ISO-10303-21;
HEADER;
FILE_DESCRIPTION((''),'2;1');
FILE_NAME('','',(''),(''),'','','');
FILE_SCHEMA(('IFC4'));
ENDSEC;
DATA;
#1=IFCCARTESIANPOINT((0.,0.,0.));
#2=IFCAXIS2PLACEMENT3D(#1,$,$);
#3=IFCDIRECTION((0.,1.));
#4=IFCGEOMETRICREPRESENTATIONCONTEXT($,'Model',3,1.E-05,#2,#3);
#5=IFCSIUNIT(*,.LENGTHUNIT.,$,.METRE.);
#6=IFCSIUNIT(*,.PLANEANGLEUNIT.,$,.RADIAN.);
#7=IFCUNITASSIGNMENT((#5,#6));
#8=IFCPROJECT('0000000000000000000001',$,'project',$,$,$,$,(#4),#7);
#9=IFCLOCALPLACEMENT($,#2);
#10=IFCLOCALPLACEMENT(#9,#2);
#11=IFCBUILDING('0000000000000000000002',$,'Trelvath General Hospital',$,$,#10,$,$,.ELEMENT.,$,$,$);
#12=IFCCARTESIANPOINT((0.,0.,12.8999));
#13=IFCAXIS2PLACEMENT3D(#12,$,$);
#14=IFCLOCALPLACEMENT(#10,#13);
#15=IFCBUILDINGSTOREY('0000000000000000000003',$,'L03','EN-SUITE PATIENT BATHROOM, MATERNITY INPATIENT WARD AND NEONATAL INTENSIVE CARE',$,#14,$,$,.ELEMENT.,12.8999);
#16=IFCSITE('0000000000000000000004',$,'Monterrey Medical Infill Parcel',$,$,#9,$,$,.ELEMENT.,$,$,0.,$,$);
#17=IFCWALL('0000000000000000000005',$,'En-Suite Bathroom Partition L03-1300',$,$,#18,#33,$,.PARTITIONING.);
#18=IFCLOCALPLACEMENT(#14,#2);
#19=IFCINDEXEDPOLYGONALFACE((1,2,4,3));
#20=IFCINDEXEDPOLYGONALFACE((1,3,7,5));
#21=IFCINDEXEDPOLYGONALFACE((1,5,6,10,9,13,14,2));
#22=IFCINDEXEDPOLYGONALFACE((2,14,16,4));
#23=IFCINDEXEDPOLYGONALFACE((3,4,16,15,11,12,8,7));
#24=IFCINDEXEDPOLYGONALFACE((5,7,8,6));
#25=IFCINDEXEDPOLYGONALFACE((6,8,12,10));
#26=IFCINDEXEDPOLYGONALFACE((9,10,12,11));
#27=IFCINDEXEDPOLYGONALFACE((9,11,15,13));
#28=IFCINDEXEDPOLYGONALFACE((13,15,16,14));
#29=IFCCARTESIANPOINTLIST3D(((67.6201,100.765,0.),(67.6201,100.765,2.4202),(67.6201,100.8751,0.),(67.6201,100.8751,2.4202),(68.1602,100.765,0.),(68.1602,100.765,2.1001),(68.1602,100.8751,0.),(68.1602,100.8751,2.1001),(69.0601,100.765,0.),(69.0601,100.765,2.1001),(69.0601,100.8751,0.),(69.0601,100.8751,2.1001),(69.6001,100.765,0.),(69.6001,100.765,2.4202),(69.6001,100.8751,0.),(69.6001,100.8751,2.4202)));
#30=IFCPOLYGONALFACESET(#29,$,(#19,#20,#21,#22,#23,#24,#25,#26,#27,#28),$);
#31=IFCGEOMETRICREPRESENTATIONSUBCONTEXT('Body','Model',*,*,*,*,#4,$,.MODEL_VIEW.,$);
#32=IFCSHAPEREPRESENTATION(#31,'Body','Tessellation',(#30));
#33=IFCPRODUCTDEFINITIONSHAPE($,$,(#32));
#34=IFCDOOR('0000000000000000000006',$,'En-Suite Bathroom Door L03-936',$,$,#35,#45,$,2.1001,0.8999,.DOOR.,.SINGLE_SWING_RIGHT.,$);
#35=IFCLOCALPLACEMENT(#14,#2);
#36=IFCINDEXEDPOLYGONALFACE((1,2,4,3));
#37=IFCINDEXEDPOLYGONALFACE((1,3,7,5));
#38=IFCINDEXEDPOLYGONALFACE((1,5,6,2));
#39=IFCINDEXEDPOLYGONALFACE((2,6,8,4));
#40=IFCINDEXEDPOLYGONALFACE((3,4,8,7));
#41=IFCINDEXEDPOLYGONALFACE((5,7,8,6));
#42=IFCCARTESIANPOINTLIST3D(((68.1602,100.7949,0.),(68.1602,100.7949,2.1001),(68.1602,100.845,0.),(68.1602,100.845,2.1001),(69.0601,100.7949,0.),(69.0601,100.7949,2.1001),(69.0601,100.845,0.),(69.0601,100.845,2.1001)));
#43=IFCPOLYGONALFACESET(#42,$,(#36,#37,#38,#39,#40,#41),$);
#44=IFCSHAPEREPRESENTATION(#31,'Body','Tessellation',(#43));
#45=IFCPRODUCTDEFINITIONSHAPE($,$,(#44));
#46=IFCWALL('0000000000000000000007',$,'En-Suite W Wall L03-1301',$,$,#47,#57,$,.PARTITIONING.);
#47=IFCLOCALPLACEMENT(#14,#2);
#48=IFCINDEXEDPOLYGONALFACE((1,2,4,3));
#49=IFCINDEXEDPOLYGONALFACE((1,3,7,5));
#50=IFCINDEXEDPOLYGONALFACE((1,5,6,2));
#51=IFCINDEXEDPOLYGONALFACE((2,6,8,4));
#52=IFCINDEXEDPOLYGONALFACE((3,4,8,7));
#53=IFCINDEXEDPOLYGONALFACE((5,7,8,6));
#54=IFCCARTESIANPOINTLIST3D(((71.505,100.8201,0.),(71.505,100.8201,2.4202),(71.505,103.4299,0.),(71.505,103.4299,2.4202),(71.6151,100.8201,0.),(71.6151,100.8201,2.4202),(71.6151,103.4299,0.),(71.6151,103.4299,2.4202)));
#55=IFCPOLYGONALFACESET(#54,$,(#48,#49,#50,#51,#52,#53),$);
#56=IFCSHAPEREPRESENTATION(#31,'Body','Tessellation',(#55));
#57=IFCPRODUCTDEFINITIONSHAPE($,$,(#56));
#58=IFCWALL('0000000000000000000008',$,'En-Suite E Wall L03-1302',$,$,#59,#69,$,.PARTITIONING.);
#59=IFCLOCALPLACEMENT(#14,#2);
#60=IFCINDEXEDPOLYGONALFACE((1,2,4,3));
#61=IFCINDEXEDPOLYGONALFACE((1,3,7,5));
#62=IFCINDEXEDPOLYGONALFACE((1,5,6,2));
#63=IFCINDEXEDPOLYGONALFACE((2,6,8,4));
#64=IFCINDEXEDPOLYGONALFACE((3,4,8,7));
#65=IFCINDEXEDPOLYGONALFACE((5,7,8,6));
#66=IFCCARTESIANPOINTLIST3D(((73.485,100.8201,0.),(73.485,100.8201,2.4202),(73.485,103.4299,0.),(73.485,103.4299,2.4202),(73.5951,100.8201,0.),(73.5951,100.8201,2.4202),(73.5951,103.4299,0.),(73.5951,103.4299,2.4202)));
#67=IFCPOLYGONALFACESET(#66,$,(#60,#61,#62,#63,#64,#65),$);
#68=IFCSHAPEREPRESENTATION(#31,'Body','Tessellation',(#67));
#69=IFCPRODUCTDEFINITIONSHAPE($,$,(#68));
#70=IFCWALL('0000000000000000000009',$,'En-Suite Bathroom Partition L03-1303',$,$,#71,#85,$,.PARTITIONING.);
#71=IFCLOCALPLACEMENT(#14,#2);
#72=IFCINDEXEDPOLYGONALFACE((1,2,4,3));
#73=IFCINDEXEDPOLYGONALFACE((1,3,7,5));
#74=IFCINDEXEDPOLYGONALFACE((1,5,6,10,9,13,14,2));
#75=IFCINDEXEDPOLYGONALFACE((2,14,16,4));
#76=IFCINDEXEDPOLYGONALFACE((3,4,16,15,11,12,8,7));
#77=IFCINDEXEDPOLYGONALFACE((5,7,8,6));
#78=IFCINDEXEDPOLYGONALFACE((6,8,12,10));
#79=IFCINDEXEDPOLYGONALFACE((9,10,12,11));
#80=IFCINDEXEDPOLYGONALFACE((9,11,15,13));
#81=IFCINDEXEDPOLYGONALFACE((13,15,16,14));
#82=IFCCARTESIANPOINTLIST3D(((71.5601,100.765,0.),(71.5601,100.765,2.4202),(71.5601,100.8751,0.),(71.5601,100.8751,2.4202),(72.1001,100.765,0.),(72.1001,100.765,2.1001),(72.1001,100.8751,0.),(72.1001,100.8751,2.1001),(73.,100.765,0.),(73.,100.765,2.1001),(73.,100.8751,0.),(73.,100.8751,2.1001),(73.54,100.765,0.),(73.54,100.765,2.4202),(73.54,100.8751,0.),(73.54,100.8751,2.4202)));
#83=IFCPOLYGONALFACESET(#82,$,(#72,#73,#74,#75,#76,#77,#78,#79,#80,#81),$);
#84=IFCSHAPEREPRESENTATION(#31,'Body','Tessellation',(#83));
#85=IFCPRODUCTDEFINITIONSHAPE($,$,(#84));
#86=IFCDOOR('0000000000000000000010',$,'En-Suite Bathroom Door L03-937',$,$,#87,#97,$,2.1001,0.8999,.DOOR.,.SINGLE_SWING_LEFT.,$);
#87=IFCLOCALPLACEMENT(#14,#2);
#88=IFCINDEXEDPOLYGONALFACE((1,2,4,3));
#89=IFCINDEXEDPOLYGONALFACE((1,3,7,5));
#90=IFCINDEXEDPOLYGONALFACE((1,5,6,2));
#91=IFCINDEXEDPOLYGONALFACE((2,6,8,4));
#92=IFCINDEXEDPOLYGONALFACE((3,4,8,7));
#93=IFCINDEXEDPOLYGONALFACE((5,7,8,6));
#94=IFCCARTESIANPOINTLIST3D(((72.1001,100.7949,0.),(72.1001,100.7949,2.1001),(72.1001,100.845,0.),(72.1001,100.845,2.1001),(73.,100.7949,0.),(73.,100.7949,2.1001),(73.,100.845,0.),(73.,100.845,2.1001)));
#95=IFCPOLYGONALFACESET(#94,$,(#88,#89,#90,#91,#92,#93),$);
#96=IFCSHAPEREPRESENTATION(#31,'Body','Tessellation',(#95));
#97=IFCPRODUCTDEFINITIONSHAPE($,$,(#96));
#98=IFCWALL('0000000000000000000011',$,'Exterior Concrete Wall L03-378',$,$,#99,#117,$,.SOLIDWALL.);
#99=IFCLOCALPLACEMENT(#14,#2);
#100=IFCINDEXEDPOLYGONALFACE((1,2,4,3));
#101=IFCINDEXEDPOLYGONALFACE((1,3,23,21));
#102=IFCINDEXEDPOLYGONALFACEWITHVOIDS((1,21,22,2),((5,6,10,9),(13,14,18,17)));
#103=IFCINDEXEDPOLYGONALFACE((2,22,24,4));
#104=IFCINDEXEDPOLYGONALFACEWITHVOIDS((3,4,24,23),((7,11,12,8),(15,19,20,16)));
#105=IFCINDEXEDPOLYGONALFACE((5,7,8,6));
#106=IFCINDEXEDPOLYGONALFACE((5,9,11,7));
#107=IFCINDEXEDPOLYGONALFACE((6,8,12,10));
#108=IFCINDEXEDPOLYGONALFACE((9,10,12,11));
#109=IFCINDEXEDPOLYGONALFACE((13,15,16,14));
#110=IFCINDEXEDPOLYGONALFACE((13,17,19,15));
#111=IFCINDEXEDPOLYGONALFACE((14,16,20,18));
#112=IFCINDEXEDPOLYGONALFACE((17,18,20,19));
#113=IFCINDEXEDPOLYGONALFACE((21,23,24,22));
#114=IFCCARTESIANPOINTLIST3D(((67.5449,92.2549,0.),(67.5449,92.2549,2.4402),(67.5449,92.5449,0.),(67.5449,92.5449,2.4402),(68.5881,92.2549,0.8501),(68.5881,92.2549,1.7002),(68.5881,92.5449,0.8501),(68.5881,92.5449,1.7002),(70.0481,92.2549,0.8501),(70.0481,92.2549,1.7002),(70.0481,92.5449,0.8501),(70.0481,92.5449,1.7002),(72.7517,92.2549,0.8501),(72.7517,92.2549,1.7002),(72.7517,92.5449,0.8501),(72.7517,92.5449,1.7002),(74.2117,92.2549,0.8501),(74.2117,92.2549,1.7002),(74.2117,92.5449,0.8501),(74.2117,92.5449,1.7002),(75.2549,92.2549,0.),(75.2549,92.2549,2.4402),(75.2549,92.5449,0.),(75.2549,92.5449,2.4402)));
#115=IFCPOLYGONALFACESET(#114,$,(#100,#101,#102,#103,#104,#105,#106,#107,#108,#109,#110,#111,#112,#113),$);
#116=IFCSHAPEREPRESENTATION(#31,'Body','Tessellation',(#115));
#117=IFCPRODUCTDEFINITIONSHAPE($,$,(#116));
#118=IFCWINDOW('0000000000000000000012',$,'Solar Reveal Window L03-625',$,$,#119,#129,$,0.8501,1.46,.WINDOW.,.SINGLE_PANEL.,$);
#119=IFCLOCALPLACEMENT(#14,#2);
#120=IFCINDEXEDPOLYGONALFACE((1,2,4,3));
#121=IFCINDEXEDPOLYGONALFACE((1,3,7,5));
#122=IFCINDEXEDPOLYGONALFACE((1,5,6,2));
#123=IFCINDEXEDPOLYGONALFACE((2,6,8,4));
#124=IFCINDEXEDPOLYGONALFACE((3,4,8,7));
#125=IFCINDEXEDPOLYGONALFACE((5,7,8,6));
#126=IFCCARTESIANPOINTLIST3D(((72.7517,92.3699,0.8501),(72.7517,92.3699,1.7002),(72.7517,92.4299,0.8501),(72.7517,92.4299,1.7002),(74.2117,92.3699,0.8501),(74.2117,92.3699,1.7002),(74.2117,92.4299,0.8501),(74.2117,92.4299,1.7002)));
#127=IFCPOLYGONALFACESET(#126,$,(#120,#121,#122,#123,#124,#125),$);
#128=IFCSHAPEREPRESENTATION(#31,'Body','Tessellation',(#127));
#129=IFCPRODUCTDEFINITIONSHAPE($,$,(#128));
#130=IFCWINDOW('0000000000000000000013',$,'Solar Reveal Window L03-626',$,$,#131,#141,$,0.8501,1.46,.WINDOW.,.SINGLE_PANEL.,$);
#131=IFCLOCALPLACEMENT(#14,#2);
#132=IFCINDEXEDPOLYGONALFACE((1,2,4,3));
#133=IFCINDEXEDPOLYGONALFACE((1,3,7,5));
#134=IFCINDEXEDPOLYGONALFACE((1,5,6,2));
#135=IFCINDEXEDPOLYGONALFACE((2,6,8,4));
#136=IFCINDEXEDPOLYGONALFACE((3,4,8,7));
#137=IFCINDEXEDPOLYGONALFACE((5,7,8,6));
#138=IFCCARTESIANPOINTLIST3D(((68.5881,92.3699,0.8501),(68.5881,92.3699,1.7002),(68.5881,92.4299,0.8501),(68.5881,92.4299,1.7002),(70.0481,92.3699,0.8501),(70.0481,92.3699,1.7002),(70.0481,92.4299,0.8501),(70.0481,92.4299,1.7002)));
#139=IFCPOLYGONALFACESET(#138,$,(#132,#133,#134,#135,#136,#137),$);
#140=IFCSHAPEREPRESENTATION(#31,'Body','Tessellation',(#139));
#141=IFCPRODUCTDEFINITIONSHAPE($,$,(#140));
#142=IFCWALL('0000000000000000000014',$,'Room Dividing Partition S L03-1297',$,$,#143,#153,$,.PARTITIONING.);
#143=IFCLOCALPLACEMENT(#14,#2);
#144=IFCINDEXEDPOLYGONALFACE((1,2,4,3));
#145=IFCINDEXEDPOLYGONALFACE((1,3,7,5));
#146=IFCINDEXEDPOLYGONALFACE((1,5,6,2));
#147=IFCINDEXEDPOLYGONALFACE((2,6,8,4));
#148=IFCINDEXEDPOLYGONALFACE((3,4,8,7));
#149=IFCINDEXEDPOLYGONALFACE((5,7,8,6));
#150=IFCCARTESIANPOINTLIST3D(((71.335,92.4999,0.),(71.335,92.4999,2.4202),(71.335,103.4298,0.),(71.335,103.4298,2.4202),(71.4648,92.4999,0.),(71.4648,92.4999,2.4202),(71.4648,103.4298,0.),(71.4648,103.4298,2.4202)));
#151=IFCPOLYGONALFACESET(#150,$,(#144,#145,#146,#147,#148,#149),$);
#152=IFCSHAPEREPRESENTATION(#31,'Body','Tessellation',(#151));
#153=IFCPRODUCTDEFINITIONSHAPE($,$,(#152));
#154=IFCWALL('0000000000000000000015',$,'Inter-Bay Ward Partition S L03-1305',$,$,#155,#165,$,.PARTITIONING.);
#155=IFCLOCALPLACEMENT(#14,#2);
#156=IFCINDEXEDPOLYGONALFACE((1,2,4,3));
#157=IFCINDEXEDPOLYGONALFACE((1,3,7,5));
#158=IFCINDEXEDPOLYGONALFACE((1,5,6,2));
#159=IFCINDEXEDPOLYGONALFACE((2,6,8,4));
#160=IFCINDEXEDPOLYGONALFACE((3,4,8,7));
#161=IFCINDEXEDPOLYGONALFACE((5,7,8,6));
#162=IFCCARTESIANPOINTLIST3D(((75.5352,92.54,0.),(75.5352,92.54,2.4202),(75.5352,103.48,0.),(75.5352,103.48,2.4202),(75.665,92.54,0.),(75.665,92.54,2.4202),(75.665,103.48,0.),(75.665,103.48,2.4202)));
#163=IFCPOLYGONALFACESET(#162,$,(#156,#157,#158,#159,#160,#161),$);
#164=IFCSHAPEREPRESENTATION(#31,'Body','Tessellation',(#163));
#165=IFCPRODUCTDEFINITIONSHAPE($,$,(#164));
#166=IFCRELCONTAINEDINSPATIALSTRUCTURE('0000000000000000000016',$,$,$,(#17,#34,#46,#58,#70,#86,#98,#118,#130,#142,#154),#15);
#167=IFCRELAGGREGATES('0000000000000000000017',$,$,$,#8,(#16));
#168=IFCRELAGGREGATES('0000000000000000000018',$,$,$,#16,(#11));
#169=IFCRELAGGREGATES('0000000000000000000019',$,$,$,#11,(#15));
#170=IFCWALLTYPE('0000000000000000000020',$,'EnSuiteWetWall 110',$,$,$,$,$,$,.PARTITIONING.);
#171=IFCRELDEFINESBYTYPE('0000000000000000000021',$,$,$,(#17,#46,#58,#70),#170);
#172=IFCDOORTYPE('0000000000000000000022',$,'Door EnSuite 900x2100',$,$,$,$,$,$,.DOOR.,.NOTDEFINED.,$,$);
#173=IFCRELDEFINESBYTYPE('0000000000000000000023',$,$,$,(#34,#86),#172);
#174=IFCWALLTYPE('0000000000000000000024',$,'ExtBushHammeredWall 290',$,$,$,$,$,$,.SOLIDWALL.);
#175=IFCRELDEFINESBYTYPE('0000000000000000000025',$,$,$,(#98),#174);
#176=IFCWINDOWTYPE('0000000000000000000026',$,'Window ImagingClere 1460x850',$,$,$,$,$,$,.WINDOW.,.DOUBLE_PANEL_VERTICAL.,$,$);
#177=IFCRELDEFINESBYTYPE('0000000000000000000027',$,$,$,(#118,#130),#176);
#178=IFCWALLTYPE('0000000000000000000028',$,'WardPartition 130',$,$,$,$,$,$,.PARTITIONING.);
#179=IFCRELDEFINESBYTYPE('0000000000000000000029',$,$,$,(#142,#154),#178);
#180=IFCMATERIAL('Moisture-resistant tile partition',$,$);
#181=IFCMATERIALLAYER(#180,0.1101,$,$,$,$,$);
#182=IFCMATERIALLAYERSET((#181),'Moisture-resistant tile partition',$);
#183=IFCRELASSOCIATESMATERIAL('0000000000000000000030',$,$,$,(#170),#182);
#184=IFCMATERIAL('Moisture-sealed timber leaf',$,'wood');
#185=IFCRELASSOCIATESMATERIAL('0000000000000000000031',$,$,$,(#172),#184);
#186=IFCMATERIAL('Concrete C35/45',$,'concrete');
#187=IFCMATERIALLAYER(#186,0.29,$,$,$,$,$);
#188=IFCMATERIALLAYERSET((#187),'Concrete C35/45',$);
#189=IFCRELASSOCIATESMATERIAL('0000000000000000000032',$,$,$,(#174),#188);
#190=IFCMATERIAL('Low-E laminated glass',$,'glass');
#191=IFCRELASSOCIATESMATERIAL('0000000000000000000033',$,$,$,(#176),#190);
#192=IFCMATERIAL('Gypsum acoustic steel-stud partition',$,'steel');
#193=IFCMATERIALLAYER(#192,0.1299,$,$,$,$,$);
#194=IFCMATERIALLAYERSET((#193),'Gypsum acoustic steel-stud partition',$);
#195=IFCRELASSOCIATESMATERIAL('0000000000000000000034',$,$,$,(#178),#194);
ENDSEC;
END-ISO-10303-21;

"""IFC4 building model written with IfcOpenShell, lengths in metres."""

from ifc_helpers import new_model, si_unit, direction, frame, frame_2d, origin, place, context, subcontext, project, spatial, rectangle, extrude, material, layer, layer_set, type_object, element, fill, save


model = new_model("IFC4")

# Units and contexts
model_context = context("Model", 3, precision=1e-05, world=origin(), true_north=direction((0.0, 1.0)))
body_context = subcontext(model_context, "Body", "Model", "MODEL_VIEW")
ifc_project = project(units=[si_unit("LENGTHUNIT", "METRE"), si_unit("PLANEANGLEUNIT", "RADIAN")], contexts=[model_context])

# Site, building, storey
site_placement = place(None, origin())
site = spatial("IfcSite", under=ifc_project, at=site_placement, Name="Monterrey Medical Infill Parcel", CompositionType="ELEMENT", RefElevation=0.0)
building_placement = place(site_placement, origin())
building = spatial("IfcBuilding", under=site, at=building_placement, Name="Trelvath General Hospital", CompositionType="ELEMENT")
storey_placement = place(building_placement, frame((0.0, 0.0, 12.8999)))
storey = spatial("IfcBuildingStorey", under=building, at=storey_placement, Name="L03", Description="EN-SUITE PATIENT BATHROOM, MATERNITY INPATIENT WARD AND NEONATAL INTENSIVE CARE", CompositionType="ELEMENT", Elevation=12.8999)

# Shared definitions
ifc_material_1 = material(Name="Moisture-resistant tile partition")
ifc_layer_1 = layer(ifc_material_1, 0.1101)
ifc_layer_set_1 = layer_set([ifc_layer_1], Name="Moisture-resistant tile partition")
wall_type_1 = type_object("IfcWallType", Name="EnSuiteWetWall 110", PredefinedType="PARTITIONING", material=ifc_layer_set_1)

# Wall, opening, door
wall_1_placement = place(storey_placement, frame((67.6201, 100.8201, 0.0), z_axis=(0.0, 0.0, 1.0), x_axis=(1.0, 0.0, 0.0)))
wall_1 = element("IfcWall", 1, at=wall_1_placement, inside=storey, type_object=wall_type_1, Name="En-Suite Bathroom Partition L03-1300", PredefinedType="PARTITIONING", context=body_context, shape_type="SweptSolid", body=[
    extrude(rectangle(XDim=1.98, YDim=0.1101, at=frame_2d((0.99, 0.0))), origin(), (0.0, 0.0, 1.0), 2.4202),
])
opening_1_placement = place(wall_1_placement, frame((0.54, 0.0, 0.0)))
opening_1 = element("IfcOpeningElement", 2, at=opening_1_placement, cuts=wall_1, PredefinedType="OPENING", context=body_context, shape_type="SweptSolid", body=[
    extrude(rectangle(XDim=0.8999, YDim=2.1001, at=frame_2d((0.45, 1.05))), frame((0.0, 0.0649, 0.0), z_axis=(0.0, -1.0, 0.0), x_axis=(1.0, 0.0, 0.0)), (0.0, 0.0, 1.0), 0.1301),
])
ifc_material_2 = material(Name="Moisture-sealed timber leaf", Category="wood")
door_type = type_object("IfcDoorType", Name="Door EnSuite 900x2100", OperationType="NOTDEFINED", PredefinedType="DOOR", material=ifc_material_2)
door_1_placement = place(opening_1_placement, origin())
door_1 = element("IfcDoor", 3, at=door_1_placement, inside=storey, type_object=door_type, Name="En-Suite Bathroom Door L03-936", OperationType="SINGLE_SWING_RIGHT", OverallHeight=2.1001, OverallWidth=0.8999, PredefinedType="DOOR", context=body_context, shape_type="SweptSolid", body=[
    extrude(rectangle(XDim=0.8999, YDim=2.1001, at=frame_2d((0.45, 1.05))), frame((0.0, 0.0249, 0.0), z_axis=(0.0, -1.0, 0.0), x_axis=(1.0, 0.0, 0.0)), (0.0, 0.0, 1.0), 0.05),
])
fill(opening_1, door_1)

# Walls
for number, where, z_axis, x_axis, name in (
    (4, (71.5601, 100.8201, 0.0), (0.0, 0.0, 1.0), (0.0, 1.0, 0.0), "En-Suite W Wall L03-1301"),
    (5, (73.54, 100.8201, 0.0), (0.0, 0.0, 1.0), (0.0, 1.0, 0.0), "En-Suite E Wall L03-1302"),
):
    element("IfcWall", number, at=place(storey_placement, frame(where, z_axis=z_axis, x_axis=x_axis)), inside=storey, type_object=wall_type_1, Name=name, PredefinedType="PARTITIONING", context=body_context, shape_type="SweptSolid", body=[
        extrude(rectangle(XDim=2.6099, YDim=0.1101, at=frame_2d((1.3049, 0.0))), origin(), (0.0, 0.0, 1.0), 2.4202),
    ])

# Wall, opening, door
wall_2_placement = place(storey_placement, frame((71.5601, 100.8201, 0.0), z_axis=(0.0, 0.0, 1.0), x_axis=(1.0, 0.0, 0.0)))
wall_2 = element("IfcWall", 6, at=wall_2_placement, inside=storey, type_object=wall_type_1, Name="En-Suite Bathroom Partition L03-1303", PredefinedType="PARTITIONING", context=body_context, shape_type="SweptSolid", body=[
    extrude(rectangle(XDim=1.98, YDim=0.1101, at=frame_2d((0.99, 0.0))), origin(), (0.0, 0.0, 1.0), 2.4202),
])
opening_2_placement = place(wall_2_placement, frame((0.54, 0.0, 0.0)))
opening_2 = element("IfcOpeningElement", 7, at=opening_2_placement, cuts=wall_2, PredefinedType="OPENING", context=body_context, shape_type="SweptSolid", body=[
    extrude(rectangle(XDim=0.8999, YDim=2.1001, at=frame_2d((0.45, 1.05))), frame((0.0, 0.0649, 0.0), z_axis=(0.0, -1.0, 0.0), x_axis=(1.0, 0.0, 0.0)), (0.0, 0.0, 1.0), 0.1301),
])
door_2_placement = place(opening_2_placement, origin())
door_2 = element("IfcDoor", 8, at=door_2_placement, inside=storey, type_object=door_type, Name="En-Suite Bathroom Door L03-937", OperationType="SINGLE_SWING_LEFT", OverallHeight=2.1001, OverallWidth=0.8999, PredefinedType="DOOR", context=body_context, shape_type="SweptSolid", body=[
    extrude(rectangle(XDim=0.8999, YDim=2.1001, at=frame_2d((0.45, 1.05))), frame((0.0, 0.0249, 0.0), z_axis=(0.0, -1.0, 0.0), x_axis=(1.0, 0.0, 0.0)), (0.0, 0.0, 1.0), 0.05),
])
fill(opening_2, door_2)

# Wall, openings, windows
ifc_material_3 = material(Name="Concrete C35/45", Category="concrete")
ifc_layer_2 = layer(ifc_material_3, 0.29)
ifc_layer_set_2 = layer_set([ifc_layer_2], Name="Concrete C35/45")
wall_type_2 = type_object("IfcWallType", Name="ExtBushHammeredWall 290", PredefinedType="SOLIDWALL", material=ifc_layer_set_2)
wall_3_placement = place(storey_placement, frame((75.2549, 92.3999, 0.0), z_axis=(0.0, 0.0, 1.0), x_axis=(-1.0, 0.0, 0.0)))
wall_3 = element("IfcWall", 9, at=wall_3_placement, inside=storey, type_object=wall_type_2, Name="Exterior Concrete Wall L03-378", PredefinedType="SOLIDWALL", context=body_context, shape_type="SweptSolid", body=[
    extrude(rectangle(XDim=7.71, YDim=0.29, at=frame_2d((3.855, 0.0))), origin(), (0.0, 0.0, 1.0), 2.4402),
])
opening_3_placement = place(wall_3_placement, frame((1.0432, 0.0, 0.8501)))
opening_3 = element("IfcOpeningElement", 10, at=opening_3_placement, cuts=wall_3, PredefinedType="OPENING", context=body_context, shape_type="SweptSolid", body=[
    extrude(rectangle(XDim=1.46, YDim=0.8501, at=frame_2d((0.73, 0.425))), frame((0.0, 0.155, 0.0), z_axis=(0.0, -1.0, 0.0), x_axis=(1.0, 0.0, 0.0)), (0.0, 0.0, 1.0), 0.3101),
])
opening_4_placement = place(wall_3_placement, frame((5.2068, 0.0, 0.8501)))
opening_4 = element("IfcOpeningElement", 11, at=opening_4_placement, cuts=wall_3, PredefinedType="OPENING", context=body_context, shape_type="SweptSolid", body=[
    extrude(rectangle(XDim=1.46, YDim=0.8501, at=frame_2d((0.73, 0.425))), frame((0.0, 0.155, 0.0), z_axis=(0.0, -1.0, 0.0), x_axis=(1.0, 0.0, 0.0)), (0.0, 0.0, 1.0), 0.3101),
])
ifc_material_4 = material(Name="Low-E laminated glass", Category="glass")
window_type = type_object("IfcWindowType", Name="Window ImagingClere 1460x850", PartitioningType="DOUBLE_PANEL_VERTICAL", PredefinedType="WINDOW", material=ifc_material_4)
window_1_placement = place(opening_3_placement, origin())
window_1 = element("IfcWindow", 12, at=window_1_placement, inside=storey, type_object=window_type, Name="Solar Reveal Window L03-625", OverallHeight=0.8501, OverallWidth=1.46, PartitioningType="SINGLE_PANEL", PredefinedType="WINDOW", context=body_context, shape_type="SweptSolid", body=[
    extrude(rectangle(XDim=1.46, YDim=0.8501, at=frame_2d((0.73, 0.425))), frame((0.0, 0.03, 0.0), z_axis=(0.0, -1.0, 0.0), x_axis=(1.0, 0.0, 0.0)), (0.0, 0.0, 1.0), 0.0601),
])
fill(opening_3, window_1)
window_2_placement = place(opening_4_placement, origin())
window_2 = element("IfcWindow", 13, at=window_2_placement, inside=storey, type_object=window_type, Name="Solar Reveal Window L03-626", OverallHeight=0.8501, OverallWidth=1.46, PartitioningType="SINGLE_PANEL", PredefinedType="WINDOW", context=body_context, shape_type="SweptSolid", body=[
    extrude(rectangle(XDim=1.46, YDim=0.8501, at=frame_2d((0.73, 0.425))), frame((0.0, 0.03, 0.0), z_axis=(0.0, -1.0, 0.0), x_axis=(1.0, 0.0, 0.0)), (0.0, 0.0, 1.0), 0.0601),
])
fill(opening_4, window_2)

# Walls
ifc_material_5 = material(Name="Gypsum acoustic steel-stud partition", Category="steel")
ifc_layer_3 = layer(ifc_material_5, 0.1299)
ifc_layer_set_3 = layer_set([ifc_layer_3], Name="Gypsum acoustic steel-stud partition")
wall_type_3 = type_object("IfcWallType", Name="WardPartition 130", PredefinedType="PARTITIONING", material=ifc_layer_set_3)
wall_4_placement = place(storey_placement, frame((71.3999, 92.5, 0.0), z_axis=(0.0, 0.0, 1.0), x_axis=(0.0, 1.0, 0.0)))
element("IfcWall", 14, at=wall_4_placement, inside=storey, type_object=wall_type_3, Name="Room Dividing Partition S L03-1297", PredefinedType="PARTITIONING", context=body_context, shape_type="SweptSolid", body=[
    extrude(rectangle(XDim=10.9299, YDim=0.1299, at=frame_2d((5.4648, 0.0))), origin(), (0.0, 0.0, 1.0), 2.4202),
])
wall_5_placement = place(storey_placement, frame((75.6001, 92.54, 0.0), z_axis=(0.0, 0.0, 1.0), x_axis=(0.0, 1.0, 0.0)))
element("IfcWall", 15, at=wall_5_placement, inside=storey, type_object=wall_type_3, Name="Inter-Bay Ward Partition S L03-1305", PredefinedType="PARTITIONING", context=body_context, shape_type="SweptSolid", body=[
    extrude(rectangle(XDim=10.9399, YDim=0.1299, at=frame_2d((5.47, 0.0))), origin(), (0.0, 0.0, 1.0), 2.4202),
])

save(model, "model.ifc")
